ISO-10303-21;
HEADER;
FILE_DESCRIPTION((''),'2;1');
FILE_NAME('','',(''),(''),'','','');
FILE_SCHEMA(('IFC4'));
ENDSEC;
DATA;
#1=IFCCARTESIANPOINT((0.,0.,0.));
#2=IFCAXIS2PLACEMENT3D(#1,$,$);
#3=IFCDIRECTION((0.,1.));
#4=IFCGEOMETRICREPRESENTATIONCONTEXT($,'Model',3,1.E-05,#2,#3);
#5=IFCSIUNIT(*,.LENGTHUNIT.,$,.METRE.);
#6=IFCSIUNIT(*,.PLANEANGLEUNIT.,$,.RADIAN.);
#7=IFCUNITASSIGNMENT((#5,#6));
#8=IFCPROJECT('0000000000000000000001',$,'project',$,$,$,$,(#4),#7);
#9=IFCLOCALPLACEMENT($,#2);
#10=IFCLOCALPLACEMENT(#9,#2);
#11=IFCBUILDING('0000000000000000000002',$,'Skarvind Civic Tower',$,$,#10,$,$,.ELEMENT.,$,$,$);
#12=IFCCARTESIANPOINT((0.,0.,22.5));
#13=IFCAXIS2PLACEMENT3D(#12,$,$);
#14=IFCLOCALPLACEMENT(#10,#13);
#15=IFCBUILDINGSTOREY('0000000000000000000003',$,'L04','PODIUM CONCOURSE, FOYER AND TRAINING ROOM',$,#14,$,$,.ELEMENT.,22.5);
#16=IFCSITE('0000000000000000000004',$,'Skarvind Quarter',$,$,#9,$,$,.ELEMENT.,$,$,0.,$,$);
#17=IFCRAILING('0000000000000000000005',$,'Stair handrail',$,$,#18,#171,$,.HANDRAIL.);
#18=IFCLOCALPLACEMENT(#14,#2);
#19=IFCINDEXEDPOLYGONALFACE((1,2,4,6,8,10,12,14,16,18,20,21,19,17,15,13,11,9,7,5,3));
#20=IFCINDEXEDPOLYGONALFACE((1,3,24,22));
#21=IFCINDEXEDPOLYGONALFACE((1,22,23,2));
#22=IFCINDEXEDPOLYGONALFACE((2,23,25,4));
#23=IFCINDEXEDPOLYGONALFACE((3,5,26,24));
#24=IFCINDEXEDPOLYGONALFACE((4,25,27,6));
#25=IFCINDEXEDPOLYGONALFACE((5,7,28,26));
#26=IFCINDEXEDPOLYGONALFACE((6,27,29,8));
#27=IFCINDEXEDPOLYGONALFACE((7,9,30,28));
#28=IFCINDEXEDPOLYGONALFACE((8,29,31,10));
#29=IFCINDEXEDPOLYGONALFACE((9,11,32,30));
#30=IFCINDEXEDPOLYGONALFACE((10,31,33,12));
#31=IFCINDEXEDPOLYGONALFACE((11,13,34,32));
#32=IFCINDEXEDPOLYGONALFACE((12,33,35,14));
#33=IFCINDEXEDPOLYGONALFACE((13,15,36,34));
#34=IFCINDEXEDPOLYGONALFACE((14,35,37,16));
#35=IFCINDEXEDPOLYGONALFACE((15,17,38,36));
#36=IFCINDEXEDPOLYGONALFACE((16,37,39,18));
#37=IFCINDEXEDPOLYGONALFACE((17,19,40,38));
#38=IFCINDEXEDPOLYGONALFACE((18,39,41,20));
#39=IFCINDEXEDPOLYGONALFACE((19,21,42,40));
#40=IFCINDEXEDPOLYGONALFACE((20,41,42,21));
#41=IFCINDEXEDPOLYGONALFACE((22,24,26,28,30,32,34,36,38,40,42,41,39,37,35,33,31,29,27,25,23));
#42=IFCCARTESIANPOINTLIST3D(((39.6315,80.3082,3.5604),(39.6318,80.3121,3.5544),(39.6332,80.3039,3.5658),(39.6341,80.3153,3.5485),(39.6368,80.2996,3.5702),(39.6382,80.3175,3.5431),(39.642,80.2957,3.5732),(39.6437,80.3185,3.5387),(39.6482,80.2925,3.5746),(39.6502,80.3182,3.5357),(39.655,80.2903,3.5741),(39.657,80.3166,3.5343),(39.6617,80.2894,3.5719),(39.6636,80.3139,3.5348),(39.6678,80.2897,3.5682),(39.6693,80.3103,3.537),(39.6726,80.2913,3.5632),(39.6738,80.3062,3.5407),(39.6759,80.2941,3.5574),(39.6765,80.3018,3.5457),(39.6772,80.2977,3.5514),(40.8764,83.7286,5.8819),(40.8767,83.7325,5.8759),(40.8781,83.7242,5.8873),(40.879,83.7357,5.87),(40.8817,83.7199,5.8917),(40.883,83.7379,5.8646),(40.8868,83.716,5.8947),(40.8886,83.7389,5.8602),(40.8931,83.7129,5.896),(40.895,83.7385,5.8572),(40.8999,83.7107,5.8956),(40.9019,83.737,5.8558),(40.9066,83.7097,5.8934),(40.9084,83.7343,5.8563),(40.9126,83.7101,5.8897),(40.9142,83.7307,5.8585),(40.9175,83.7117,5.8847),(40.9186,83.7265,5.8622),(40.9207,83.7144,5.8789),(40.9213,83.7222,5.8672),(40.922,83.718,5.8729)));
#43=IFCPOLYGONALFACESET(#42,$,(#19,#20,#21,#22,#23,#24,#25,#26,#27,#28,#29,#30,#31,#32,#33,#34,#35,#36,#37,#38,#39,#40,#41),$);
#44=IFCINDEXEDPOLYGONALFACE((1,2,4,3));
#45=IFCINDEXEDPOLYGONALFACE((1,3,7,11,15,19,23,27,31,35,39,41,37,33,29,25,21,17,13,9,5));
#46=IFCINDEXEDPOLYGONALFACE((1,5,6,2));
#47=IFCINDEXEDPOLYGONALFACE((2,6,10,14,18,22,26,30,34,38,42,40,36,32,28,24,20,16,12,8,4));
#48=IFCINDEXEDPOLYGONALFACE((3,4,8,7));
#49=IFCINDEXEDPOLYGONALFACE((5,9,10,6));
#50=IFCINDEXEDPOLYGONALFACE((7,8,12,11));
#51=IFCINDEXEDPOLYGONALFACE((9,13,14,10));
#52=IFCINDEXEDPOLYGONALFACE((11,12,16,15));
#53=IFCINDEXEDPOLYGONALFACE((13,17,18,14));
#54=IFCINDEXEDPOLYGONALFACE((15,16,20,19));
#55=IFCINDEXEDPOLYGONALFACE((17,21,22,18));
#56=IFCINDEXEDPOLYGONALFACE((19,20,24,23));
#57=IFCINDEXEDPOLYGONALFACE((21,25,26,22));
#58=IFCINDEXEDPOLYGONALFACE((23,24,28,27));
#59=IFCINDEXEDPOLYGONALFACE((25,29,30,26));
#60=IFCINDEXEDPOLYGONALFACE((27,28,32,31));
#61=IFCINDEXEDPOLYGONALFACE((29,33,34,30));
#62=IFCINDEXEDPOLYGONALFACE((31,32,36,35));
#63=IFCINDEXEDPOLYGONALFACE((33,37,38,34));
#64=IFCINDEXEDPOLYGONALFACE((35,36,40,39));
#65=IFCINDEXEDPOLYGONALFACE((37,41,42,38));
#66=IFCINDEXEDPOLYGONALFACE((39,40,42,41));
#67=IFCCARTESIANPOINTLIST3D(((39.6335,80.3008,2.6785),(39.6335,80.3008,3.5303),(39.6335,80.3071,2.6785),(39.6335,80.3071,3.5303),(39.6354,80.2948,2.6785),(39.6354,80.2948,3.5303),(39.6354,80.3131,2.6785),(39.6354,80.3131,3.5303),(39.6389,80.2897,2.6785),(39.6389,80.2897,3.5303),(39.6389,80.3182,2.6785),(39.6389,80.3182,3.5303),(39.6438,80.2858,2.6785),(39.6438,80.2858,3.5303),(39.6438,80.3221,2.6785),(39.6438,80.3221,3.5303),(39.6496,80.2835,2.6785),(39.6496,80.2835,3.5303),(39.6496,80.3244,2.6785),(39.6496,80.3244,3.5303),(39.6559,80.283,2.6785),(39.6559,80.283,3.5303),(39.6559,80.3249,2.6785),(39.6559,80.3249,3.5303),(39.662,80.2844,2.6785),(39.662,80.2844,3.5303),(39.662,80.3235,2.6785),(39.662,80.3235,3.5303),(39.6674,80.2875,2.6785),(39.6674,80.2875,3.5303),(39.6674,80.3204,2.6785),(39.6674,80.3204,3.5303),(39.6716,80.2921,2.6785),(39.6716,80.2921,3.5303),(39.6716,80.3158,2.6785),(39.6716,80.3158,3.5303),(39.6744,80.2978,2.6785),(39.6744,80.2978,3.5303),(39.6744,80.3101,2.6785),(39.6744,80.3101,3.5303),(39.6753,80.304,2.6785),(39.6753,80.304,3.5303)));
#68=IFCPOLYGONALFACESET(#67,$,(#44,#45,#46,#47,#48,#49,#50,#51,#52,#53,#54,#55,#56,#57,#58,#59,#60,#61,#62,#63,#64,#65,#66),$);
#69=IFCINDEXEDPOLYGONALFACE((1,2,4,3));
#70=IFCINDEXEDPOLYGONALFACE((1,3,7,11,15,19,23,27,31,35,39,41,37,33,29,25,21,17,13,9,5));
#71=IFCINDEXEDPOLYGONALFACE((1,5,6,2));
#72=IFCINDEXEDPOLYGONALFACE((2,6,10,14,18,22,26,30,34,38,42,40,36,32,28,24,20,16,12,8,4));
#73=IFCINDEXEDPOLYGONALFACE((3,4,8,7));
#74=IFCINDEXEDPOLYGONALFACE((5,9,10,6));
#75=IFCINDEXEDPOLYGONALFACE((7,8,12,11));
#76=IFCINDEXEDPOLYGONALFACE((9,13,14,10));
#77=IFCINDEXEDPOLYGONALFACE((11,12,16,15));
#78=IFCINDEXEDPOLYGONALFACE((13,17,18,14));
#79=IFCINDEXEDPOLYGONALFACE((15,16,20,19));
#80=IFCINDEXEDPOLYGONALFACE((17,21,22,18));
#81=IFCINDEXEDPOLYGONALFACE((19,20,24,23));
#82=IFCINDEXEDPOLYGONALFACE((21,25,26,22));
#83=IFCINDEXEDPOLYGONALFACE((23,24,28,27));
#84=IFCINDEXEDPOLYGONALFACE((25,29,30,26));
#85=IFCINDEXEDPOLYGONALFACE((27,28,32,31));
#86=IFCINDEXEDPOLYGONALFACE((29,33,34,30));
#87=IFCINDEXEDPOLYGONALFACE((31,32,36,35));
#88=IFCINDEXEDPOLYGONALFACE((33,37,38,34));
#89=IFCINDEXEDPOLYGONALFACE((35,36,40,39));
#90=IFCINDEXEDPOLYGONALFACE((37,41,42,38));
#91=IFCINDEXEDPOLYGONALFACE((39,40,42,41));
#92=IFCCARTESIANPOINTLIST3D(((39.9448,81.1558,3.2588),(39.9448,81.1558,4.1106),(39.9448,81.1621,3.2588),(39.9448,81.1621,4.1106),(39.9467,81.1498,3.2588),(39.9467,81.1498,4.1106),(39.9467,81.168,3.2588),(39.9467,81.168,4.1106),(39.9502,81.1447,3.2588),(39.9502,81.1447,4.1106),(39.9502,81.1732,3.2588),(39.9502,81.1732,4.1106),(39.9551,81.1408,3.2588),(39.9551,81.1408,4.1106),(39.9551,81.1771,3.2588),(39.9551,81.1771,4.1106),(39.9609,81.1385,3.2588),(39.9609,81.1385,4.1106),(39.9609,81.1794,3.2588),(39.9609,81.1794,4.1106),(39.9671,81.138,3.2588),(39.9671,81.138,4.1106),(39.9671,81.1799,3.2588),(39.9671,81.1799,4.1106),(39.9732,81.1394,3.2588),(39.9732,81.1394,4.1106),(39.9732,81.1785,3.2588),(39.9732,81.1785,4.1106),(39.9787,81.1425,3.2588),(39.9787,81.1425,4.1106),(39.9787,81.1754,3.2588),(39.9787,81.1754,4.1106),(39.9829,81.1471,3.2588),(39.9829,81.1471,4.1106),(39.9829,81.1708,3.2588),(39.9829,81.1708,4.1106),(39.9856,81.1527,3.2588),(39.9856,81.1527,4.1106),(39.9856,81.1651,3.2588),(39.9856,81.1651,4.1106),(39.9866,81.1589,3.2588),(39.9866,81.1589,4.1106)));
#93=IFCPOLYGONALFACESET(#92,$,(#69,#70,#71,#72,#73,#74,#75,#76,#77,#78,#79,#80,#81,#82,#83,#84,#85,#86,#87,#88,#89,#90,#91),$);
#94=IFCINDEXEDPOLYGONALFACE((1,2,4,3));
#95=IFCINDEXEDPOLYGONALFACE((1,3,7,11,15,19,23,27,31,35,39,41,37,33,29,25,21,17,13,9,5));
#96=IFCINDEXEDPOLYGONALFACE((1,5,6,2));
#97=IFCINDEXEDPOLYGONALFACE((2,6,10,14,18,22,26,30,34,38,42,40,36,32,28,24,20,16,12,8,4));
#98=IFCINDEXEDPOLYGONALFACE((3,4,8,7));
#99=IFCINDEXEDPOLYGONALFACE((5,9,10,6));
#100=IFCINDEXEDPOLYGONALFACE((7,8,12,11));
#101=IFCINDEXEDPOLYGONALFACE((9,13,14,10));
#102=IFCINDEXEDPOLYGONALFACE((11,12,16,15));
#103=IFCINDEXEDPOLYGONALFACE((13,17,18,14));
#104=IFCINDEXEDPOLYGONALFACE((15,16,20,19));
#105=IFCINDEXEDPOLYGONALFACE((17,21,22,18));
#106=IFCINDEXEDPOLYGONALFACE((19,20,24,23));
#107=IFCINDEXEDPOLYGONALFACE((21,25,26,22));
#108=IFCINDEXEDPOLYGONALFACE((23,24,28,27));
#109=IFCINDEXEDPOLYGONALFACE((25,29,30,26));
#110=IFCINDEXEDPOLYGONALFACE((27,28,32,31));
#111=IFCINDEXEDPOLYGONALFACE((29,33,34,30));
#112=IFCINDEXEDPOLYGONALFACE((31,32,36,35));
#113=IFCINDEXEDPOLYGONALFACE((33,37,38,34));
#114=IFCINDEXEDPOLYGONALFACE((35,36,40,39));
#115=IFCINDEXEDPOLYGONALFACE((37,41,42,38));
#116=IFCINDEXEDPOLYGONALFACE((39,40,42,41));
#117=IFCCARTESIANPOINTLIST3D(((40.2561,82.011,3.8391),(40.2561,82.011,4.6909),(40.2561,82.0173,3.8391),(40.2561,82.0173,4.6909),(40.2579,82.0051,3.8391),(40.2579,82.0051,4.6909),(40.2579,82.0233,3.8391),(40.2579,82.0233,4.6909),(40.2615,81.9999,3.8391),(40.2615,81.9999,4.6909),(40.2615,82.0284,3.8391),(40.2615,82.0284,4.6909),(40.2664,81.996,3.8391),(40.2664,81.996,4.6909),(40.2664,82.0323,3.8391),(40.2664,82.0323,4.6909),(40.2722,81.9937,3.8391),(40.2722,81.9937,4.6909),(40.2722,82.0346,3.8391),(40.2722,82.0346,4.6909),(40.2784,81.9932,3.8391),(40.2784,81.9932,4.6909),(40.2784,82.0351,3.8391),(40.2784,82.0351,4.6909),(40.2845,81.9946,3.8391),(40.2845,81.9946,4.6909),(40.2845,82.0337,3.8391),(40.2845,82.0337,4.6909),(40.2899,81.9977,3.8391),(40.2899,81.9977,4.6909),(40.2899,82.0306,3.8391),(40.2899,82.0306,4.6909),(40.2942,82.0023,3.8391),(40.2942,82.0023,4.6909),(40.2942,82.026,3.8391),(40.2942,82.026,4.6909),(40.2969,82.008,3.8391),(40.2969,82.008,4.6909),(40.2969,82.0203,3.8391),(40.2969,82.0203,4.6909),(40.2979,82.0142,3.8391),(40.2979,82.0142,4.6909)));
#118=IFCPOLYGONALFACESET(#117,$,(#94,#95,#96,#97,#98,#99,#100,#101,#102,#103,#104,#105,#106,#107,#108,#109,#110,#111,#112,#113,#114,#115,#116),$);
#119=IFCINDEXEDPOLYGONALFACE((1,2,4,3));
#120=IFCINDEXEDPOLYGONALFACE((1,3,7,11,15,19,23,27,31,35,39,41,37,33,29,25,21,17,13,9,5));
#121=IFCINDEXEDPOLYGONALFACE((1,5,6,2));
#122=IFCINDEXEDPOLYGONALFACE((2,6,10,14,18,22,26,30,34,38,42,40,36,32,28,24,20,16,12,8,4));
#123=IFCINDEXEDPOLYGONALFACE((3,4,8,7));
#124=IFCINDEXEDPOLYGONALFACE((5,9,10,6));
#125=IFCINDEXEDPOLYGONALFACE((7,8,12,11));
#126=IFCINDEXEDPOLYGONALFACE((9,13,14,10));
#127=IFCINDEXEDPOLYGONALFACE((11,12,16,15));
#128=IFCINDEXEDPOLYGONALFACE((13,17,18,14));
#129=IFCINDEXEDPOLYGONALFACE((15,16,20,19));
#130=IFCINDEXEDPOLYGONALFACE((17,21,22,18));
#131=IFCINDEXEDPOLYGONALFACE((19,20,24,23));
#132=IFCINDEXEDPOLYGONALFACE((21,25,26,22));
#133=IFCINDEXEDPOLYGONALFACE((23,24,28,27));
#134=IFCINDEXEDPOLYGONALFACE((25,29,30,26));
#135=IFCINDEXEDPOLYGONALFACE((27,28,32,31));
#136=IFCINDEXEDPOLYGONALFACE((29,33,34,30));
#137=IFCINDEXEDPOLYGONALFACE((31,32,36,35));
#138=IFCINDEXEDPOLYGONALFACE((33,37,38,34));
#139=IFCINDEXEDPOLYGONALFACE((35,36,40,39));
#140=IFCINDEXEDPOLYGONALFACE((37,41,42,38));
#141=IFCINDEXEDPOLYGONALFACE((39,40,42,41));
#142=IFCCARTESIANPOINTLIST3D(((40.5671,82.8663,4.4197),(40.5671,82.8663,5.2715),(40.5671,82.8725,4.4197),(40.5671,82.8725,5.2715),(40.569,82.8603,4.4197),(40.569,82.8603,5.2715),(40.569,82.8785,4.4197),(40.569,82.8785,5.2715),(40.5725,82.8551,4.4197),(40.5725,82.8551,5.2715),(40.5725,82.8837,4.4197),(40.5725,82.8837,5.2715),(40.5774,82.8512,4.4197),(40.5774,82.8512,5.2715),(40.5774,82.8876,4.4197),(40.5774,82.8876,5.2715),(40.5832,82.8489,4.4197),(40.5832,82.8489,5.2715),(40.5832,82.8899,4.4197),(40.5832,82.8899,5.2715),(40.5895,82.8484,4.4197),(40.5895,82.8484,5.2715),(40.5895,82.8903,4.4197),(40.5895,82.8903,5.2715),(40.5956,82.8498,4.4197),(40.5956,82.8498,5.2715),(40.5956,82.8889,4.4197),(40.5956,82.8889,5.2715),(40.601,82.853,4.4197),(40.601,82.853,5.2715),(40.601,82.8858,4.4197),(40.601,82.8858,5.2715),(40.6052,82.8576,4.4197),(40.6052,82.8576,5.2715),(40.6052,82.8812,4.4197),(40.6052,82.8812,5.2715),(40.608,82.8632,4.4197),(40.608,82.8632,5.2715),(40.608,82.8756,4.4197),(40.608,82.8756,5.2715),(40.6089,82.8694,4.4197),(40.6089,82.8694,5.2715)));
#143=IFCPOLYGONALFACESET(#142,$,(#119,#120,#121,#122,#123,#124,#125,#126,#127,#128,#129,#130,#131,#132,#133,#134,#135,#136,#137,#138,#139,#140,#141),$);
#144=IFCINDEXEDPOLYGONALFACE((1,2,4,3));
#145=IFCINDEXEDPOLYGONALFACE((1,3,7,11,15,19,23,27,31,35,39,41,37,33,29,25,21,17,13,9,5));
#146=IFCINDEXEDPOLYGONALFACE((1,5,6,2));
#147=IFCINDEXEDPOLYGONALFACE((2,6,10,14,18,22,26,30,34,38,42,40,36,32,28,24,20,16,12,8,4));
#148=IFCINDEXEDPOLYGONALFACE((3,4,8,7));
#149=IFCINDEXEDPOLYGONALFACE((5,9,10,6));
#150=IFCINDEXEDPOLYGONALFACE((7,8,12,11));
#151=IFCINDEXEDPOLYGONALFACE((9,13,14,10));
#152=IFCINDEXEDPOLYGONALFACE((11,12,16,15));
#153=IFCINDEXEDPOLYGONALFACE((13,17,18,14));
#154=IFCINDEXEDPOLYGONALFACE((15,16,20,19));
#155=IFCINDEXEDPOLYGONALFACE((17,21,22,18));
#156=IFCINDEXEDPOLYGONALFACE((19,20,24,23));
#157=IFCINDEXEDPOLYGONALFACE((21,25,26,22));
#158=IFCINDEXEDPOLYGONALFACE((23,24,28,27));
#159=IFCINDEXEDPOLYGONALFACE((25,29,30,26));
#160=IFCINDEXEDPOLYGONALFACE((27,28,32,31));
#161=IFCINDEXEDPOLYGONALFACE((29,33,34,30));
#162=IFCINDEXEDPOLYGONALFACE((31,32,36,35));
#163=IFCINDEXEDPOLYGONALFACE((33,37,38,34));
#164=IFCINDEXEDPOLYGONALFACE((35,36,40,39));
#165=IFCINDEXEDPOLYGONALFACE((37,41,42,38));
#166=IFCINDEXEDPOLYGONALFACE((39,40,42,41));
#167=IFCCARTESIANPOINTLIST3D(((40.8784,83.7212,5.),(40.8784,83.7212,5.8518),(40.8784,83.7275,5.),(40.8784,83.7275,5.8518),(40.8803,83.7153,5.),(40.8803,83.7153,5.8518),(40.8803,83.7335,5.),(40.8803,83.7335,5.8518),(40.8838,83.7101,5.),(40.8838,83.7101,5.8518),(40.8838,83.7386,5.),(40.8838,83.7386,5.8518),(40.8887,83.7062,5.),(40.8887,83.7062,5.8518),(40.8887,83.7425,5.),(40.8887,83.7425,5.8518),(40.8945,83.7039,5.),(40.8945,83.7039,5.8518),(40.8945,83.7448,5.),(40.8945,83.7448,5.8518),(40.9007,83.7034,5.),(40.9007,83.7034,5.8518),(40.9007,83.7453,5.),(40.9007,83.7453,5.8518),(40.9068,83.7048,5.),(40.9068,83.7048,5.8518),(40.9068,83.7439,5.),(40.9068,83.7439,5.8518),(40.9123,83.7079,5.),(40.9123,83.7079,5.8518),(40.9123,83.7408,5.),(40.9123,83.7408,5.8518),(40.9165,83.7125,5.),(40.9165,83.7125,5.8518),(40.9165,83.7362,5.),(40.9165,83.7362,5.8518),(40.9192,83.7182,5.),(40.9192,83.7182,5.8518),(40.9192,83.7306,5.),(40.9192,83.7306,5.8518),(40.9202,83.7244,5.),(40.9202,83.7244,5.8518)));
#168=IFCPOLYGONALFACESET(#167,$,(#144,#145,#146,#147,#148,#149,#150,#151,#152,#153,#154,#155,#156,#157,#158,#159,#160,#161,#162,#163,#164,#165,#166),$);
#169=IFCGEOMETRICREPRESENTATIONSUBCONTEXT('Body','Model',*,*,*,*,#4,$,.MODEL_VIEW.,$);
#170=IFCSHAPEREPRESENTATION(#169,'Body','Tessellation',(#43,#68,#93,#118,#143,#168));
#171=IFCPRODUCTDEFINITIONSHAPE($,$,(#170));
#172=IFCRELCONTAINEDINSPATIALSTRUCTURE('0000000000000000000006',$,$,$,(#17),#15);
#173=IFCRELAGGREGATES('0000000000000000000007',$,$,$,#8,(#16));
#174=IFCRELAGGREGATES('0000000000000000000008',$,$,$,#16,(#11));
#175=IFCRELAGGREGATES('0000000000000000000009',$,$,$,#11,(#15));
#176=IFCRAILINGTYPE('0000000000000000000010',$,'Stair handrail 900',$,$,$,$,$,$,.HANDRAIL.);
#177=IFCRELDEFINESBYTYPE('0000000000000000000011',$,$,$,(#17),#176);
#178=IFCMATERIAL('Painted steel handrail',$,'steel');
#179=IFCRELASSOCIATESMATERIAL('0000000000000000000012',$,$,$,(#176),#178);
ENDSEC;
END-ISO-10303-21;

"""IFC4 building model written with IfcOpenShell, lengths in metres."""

from ifc_helpers import new_model, si_unit, direction, frame, origin, origin_2d, place, context, subcontext, project, spatial, circle, extrude, material, type_object, element, save


model = new_model("IFC4")

# Units and contexts
model_context = context("Model", 3, precision=1e-05, world=origin(), true_north=direction((0.0, 1.0)))
body_context = subcontext(model_context, "Body", "Model", "MODEL_VIEW")
ifc_project = project(units=[si_unit("LENGTHUNIT", "METRE"), si_unit("PLANEANGLEUNIT", "RADIAN")], contexts=[model_context])

# Site, building, storey
site_placement = place(None, origin())
site = spatial("IfcSite", under=ifc_project, at=site_placement, Name="Skarvind Quarter", CompositionType="ELEMENT", RefElevation=0.0)
building_placement = place(site_placement, origin())
building = spatial("IfcBuilding", under=site, at=building_placement, Name="Skarvind Civic Tower", CompositionType="ELEMENT")
storey_placement = place(building_placement, frame((0.0, 0.0, 22.5)))
storey = spatial("IfcBuildingStorey", under=building, at=storey_placement, Name="L04", Description="PODIUM CONCOURSE, FOYER AND TRAINING ROOM", CompositionType="ELEMENT", Elevation=22.5)

# Railing
ifc_material_1 = material(Name="Painted steel handrail", Category="steel")
railing_type = type_object("IfcRailingType", Name="Stair handrail 900", PredefinedType="HANDRAIL", material=ifc_material_1)
railing_placement = place(storey_placement, frame((39.6543, 80.304, 2.6785)))
element("IfcRailing", 1, at=railing_placement, inside=storey, type_object=railing_type, Name="Stair handrail", PredefinedType="HANDRAIL", context=body_context, shape_type="SweptSolid", body=[
    extrude(circle(Radius=0.0239, at=origin_2d()), frame((0.0, 0.0, 0.876), z_axis=(0.28835, 0.792271, 0.537737), x_axis=(-0.939697, 0.342007, 0.0)), (0.0, 0.0, 1.0), 4.3171),
    extrude(circle(Radius=0.021, at=origin_2d()), origin(), (0.0, 0.0, 1.0), 0.8518),
    extrude(circle(Radius=0.021, at=origin_2d()), frame((0.3113, 0.855, 0.5803)), (0.0, 0.0, 1.0), 0.8518),
    extrude(circle(Radius=0.021, at=origin_2d()), frame((0.6226, 1.7102, 1.1606)), (0.0, 0.0, 1.0), 0.8518),
    extrude(circle(Radius=0.021, at=origin_2d()), frame((0.9336, 2.5654, 1.7412)), (0.0, 0.0, 1.0), 0.8518),
    extrude(circle(Radius=0.021, at=origin_2d()), frame((1.2449, 3.4204, 2.3215)), (0.0, 0.0, 1.0), 0.8518),
])

save(model, "model.ifc")
